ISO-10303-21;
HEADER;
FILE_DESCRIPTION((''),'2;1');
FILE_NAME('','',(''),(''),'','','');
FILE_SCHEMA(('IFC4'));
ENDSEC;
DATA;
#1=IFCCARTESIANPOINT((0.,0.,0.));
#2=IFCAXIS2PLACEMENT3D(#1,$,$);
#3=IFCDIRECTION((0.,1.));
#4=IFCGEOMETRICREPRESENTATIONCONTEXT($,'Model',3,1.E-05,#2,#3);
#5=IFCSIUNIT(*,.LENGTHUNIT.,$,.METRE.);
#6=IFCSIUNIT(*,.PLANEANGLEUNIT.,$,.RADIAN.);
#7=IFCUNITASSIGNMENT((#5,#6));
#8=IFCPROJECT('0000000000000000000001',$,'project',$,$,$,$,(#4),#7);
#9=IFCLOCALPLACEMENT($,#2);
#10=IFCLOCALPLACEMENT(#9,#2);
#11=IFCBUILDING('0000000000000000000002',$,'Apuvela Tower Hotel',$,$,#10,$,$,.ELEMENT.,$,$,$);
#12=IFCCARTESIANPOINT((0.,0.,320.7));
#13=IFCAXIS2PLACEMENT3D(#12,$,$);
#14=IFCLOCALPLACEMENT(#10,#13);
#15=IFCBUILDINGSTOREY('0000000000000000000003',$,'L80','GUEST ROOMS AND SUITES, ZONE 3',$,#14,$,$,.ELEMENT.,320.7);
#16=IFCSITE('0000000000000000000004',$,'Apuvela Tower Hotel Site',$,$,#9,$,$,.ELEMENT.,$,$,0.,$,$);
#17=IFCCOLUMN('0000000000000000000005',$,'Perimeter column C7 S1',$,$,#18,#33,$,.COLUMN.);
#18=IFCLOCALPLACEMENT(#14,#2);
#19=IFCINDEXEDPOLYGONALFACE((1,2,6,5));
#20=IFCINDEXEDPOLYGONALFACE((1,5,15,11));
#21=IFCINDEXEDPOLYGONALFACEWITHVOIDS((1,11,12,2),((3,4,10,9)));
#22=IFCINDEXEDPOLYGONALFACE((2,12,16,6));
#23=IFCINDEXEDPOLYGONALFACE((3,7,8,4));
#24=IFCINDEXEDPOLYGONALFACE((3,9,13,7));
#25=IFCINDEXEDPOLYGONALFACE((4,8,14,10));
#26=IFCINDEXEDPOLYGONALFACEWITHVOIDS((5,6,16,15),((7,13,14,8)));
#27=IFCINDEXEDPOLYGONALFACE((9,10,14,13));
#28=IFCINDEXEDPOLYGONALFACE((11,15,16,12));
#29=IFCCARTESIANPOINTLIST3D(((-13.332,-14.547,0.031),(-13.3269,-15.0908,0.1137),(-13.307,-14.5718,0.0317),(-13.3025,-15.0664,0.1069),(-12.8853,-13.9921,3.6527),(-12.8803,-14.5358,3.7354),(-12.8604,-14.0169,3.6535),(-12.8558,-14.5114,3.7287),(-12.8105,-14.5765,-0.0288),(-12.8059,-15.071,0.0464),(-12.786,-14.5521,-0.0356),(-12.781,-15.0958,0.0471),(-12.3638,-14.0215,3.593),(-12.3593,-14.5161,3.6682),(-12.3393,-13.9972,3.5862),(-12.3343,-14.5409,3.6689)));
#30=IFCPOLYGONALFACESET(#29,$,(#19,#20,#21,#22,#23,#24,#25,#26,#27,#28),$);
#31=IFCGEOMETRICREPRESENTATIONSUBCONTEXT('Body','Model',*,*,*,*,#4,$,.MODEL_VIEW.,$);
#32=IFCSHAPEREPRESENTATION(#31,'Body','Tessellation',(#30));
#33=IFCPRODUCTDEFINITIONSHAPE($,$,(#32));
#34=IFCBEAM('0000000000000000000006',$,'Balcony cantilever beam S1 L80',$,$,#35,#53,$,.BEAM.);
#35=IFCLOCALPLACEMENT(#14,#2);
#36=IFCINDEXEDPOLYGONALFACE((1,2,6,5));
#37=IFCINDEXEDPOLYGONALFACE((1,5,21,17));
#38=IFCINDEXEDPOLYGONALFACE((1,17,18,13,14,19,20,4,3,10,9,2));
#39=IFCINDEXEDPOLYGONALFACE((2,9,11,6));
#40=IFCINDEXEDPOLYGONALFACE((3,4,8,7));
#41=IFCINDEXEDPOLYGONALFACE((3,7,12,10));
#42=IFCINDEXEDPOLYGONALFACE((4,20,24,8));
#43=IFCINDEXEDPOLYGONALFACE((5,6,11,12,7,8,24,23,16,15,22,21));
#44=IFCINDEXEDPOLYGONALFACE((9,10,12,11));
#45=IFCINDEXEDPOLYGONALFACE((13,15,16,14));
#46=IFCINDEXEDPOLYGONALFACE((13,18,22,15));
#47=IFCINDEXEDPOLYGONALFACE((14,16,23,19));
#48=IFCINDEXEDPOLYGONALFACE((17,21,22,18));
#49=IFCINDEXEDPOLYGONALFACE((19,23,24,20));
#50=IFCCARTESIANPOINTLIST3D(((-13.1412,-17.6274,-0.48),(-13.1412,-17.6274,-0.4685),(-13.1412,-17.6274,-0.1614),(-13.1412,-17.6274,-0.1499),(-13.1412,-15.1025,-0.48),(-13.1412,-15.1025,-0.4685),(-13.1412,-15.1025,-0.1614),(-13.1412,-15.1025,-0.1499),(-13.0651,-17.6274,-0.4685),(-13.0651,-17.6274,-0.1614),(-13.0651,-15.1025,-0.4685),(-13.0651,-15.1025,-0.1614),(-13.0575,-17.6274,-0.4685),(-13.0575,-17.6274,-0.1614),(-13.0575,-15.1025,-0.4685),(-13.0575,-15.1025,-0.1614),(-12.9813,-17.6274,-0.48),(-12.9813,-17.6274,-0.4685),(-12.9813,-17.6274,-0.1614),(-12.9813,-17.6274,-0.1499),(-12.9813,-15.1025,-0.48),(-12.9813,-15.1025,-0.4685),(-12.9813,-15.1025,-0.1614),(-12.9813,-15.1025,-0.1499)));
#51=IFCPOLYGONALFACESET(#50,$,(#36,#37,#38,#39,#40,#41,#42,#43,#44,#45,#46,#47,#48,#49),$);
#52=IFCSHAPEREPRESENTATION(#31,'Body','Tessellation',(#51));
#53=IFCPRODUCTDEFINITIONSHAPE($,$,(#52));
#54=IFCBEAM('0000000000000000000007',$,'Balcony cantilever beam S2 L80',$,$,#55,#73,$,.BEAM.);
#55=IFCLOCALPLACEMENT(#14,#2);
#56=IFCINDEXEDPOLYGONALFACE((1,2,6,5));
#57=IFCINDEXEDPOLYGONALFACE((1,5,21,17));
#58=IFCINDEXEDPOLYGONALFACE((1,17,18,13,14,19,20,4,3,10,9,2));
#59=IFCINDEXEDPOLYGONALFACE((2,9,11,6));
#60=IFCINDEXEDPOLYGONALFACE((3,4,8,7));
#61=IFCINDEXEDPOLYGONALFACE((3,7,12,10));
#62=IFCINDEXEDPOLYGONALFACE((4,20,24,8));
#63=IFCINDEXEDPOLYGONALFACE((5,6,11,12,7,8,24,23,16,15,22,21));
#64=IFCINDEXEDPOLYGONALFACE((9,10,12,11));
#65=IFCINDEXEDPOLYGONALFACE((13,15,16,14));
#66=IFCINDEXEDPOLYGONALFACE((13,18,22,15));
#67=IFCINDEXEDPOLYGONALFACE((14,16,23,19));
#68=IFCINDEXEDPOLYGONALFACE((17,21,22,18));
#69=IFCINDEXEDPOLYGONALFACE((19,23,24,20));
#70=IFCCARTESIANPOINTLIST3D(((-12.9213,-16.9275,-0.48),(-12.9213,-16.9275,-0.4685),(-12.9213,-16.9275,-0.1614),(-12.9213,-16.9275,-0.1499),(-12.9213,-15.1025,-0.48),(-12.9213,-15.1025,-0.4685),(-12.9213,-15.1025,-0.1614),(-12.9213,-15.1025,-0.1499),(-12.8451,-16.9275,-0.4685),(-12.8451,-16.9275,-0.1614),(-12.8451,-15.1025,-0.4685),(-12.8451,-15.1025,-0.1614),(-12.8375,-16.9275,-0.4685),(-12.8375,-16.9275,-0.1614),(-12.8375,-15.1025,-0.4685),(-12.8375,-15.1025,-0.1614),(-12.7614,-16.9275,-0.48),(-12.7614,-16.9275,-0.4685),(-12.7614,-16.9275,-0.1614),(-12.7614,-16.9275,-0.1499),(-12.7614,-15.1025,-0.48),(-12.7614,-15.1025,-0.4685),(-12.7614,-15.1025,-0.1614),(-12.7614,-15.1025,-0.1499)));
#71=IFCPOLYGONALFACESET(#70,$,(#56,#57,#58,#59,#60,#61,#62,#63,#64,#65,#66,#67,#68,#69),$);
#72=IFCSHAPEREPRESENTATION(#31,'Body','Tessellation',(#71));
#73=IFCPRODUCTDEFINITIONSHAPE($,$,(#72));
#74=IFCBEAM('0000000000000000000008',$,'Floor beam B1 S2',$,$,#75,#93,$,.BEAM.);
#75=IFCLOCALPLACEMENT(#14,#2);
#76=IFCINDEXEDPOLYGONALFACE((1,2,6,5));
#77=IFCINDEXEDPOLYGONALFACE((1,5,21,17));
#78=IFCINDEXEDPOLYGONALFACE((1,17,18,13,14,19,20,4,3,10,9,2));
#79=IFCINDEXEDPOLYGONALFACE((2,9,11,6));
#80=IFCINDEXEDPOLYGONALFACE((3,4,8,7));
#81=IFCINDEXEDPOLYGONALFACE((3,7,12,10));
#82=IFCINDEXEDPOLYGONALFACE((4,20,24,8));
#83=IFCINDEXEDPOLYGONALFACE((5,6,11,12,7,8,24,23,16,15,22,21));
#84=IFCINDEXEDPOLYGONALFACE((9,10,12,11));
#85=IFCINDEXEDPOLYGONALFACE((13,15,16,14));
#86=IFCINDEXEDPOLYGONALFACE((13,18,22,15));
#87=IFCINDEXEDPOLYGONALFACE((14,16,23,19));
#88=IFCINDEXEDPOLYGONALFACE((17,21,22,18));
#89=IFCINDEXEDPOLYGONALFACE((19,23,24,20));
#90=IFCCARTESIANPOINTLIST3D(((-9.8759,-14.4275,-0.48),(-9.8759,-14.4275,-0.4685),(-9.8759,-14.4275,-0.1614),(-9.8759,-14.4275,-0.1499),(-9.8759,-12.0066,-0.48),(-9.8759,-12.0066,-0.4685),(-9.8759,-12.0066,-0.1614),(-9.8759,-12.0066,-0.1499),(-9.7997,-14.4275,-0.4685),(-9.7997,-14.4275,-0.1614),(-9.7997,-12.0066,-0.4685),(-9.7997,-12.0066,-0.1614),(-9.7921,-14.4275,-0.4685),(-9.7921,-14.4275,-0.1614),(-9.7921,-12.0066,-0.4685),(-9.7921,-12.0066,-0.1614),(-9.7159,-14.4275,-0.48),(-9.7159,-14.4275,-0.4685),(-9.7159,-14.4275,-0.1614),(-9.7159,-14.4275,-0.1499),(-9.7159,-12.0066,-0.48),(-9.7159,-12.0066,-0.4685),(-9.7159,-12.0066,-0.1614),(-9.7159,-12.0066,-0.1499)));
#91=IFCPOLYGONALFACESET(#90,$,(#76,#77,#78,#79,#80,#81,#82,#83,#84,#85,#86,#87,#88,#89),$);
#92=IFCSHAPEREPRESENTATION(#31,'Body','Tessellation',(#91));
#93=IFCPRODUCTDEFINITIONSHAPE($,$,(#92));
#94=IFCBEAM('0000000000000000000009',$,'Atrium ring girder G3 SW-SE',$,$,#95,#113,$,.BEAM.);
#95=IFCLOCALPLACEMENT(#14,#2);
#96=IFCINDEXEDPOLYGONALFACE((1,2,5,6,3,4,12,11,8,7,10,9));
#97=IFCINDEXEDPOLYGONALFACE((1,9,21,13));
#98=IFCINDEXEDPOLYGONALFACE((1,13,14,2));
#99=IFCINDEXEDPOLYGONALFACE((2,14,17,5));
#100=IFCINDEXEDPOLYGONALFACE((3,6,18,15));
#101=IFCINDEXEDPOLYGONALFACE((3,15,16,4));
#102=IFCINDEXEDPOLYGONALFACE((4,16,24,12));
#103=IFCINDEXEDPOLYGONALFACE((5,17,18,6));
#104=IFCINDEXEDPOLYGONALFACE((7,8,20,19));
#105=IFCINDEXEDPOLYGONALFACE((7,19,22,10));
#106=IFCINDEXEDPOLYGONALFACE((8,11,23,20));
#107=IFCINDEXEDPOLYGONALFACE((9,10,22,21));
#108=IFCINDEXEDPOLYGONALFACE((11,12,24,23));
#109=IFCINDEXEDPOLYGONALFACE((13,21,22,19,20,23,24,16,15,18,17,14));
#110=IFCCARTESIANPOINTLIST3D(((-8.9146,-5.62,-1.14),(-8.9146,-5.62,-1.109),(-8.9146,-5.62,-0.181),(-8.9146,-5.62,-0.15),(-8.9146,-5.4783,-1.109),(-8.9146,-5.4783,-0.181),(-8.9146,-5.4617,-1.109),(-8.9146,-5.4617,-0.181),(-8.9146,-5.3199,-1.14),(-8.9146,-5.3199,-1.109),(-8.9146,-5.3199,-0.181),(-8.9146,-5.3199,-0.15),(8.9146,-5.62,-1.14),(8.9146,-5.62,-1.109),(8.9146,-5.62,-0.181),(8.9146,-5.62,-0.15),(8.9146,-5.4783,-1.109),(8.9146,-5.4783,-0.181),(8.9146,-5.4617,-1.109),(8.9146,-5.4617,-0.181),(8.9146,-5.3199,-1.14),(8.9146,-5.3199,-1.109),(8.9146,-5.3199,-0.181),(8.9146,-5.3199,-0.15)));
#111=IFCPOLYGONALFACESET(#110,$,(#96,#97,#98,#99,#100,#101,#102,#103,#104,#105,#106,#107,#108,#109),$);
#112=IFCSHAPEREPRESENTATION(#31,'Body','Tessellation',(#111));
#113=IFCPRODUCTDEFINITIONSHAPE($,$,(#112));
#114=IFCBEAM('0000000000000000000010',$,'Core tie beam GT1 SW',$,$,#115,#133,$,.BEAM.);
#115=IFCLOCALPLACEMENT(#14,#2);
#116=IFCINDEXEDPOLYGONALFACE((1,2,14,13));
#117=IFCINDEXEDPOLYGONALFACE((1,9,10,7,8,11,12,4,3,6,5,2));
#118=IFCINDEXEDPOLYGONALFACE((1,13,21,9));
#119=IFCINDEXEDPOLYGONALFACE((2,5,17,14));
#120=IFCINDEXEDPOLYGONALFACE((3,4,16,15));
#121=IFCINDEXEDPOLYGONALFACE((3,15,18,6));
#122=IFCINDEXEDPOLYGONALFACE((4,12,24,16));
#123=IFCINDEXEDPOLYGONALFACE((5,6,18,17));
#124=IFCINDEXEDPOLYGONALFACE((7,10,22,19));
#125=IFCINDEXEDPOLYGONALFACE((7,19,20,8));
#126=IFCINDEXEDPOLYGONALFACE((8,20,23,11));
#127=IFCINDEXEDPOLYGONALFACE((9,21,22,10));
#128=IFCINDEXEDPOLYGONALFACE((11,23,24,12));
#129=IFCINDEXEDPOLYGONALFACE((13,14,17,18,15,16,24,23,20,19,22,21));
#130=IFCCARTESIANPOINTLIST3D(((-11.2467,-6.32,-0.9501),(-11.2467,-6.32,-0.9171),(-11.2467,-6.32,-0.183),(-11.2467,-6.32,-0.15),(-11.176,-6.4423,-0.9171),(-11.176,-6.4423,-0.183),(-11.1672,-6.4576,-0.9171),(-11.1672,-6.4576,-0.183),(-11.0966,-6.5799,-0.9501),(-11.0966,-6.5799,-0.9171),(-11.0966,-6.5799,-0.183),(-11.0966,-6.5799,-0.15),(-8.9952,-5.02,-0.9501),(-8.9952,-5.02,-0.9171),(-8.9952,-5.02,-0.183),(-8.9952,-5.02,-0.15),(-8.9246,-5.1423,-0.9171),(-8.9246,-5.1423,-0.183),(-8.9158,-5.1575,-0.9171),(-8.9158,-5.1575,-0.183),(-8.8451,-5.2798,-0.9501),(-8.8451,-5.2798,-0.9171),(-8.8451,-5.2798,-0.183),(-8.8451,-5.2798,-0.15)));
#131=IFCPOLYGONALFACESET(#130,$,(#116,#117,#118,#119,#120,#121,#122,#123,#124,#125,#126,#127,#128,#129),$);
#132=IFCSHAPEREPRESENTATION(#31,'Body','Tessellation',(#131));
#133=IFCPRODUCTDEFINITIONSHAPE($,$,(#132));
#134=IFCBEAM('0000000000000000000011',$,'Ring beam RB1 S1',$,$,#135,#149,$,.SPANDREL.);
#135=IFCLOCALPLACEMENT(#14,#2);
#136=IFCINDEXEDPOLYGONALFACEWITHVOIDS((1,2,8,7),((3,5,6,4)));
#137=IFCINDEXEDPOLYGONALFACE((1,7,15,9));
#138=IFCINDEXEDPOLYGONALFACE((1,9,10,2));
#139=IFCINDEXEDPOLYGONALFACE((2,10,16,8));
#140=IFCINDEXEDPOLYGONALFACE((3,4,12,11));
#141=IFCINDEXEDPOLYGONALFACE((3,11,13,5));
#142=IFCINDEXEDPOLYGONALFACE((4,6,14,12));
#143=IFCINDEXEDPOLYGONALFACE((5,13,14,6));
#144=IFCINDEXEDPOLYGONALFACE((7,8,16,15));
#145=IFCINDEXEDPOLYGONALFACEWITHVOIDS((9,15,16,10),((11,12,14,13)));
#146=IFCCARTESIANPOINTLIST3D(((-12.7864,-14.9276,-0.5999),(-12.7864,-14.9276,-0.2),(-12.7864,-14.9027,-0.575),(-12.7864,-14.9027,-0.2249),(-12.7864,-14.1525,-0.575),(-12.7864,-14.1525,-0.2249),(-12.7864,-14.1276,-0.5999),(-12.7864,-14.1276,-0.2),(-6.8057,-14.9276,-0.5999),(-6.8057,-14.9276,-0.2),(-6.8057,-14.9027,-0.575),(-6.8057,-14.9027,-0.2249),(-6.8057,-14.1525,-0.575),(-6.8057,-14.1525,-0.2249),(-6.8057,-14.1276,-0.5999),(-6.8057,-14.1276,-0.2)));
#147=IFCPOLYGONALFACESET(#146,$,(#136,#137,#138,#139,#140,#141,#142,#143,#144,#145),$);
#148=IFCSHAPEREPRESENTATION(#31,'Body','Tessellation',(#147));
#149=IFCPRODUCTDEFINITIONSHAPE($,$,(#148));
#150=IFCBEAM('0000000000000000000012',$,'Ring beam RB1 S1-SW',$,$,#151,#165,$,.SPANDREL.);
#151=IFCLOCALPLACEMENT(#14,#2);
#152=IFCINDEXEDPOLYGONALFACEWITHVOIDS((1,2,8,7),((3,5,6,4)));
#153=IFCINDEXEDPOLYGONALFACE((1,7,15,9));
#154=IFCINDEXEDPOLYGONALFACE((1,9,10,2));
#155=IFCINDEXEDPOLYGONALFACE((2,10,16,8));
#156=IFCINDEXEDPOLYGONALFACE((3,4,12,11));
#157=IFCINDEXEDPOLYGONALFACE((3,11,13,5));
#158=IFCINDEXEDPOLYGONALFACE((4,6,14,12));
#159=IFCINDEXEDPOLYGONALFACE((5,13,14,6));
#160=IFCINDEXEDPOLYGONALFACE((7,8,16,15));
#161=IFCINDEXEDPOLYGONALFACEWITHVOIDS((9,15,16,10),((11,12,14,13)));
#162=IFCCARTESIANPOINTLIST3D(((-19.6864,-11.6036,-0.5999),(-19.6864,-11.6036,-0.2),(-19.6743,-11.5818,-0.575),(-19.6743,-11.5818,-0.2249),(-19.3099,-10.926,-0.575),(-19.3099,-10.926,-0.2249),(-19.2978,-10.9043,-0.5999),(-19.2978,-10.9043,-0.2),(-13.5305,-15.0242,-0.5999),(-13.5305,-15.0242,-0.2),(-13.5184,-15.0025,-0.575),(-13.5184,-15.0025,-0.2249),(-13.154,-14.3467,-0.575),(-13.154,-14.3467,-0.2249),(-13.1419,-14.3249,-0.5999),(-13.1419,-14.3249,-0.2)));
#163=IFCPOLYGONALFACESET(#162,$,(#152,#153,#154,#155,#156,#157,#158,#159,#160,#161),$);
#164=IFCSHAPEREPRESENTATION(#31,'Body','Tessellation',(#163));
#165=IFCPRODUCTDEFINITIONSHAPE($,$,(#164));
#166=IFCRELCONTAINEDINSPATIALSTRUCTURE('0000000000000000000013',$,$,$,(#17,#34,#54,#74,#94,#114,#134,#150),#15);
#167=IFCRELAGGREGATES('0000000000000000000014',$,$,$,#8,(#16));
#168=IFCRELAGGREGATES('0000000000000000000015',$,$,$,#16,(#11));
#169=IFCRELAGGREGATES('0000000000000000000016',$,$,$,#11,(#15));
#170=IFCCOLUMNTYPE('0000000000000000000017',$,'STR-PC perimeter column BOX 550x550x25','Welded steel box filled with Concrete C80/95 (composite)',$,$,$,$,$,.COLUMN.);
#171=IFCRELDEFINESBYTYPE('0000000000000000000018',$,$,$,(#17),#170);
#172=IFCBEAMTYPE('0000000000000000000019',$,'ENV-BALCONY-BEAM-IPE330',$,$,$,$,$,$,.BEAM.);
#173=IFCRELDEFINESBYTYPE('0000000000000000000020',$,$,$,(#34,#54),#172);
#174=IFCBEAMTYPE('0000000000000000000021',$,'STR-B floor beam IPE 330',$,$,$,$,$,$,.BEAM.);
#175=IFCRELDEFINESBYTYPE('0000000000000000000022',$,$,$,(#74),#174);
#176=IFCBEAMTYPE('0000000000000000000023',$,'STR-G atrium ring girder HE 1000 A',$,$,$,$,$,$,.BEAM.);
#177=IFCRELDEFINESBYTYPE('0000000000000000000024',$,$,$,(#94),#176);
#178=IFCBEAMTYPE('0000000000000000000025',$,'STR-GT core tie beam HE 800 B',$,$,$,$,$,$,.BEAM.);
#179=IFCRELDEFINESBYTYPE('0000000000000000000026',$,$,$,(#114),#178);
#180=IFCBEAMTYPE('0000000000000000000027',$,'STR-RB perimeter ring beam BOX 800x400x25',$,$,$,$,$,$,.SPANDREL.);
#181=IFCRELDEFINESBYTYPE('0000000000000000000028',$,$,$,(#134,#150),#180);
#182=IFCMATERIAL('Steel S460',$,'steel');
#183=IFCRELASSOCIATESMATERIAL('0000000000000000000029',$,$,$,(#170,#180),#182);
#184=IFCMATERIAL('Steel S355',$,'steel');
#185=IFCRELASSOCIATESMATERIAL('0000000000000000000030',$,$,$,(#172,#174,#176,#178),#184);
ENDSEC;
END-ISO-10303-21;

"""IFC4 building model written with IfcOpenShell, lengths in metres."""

from ifc_helpers import new_model, si_unit, direction, frame, origin, origin_2d, place, context, subcontext, project, spatial, rectangle, hollow_rectangle, i_section, extrude, boolean, halfspace, material, material_profile, profile_set, type_object, element, save


model = new_model("IFC4")

# Units and contexts
model_context = context("Model", 3, precision=1e-05, world=origin(), true_north=direction((0.0, 1.0)))
body_context = subcontext(model_context, "Body", "Model", "MODEL_VIEW")
ifc_project = project(units=[si_unit("LENGTHUNIT", "METRE"), si_unit("PLANEANGLEUNIT", "RADIAN")], contexts=[model_context])

# Site, building, storey
site_placement = place(None, origin())
site = spatial("IfcSite", under=ifc_project, at=site_placement, Name="Apuvela Tower Hotel Site", CompositionType="ELEMENT", RefElevation=0.0)
building_placement = place(site_placement, origin())
building = spatial("IfcBuilding", under=site, at=building_placement, Name="Apuvela Tower Hotel", CompositionType="ELEMENT")
storey_placement = place(building_placement, frame((0.0, 0.0, 320.7)))
storey = spatial("IfcBuildingStorey", under=building, at=storey_placement, Name="L80", Description="GUEST ROOMS AND SUITES, ZONE 3", CompositionType="ELEMENT", Elevation=320.7)

# Column
ifc_material_1 = material(Name="Steel S460", Category="steel")
ifc_material_profile_1 = material_profile(ifc_material_1, hollow_rectangle(XDim=0.55, YDim=0.55, WallThickness=0.0249, at=origin_2d()), Name="BOX 550x550x25")
ifc_material_2 = material(Name="Concrete C80/95", Category="concrete")
ifc_material_profile_2 = material_profile(ifc_material_2, rectangle(XDim=0.5, YDim=0.5, at=origin_2d()), Name="Concrete C80/95 infill")
ifc_profile_set_1 = profile_set([ifc_material_profile_1, ifc_material_profile_2], Name="Steel S460")
column_type = type_object("IfcColumnType", Name="STR-PC perimeter column BOX 550x550x25", Description="Welded steel box filled with Concrete C80/95 (composite)", PredefinedType="COLUMN", material=ifc_profile_set_1)
column_placement = place(storey_placement, frame((-13.0613, -14.8274, 0.0), z_axis=(0.121007, 0.150336, 0.981201), x_axis=(-0.99261, 0.00925, 0.120997)))
element("IfcColumn", 1, at=column_placement, inside=storey, type_object=column_type, Name="Perimeter column C7 S1", PredefinedType="COLUMN", context=body_context, shape_type="SweptSolid", body=[
    boolean("DIFFERENCE", boolean("DIFFERENCE", extrude(hollow_rectangle(XDim=0.55, YDim=0.55, WallThickness=0.0249, at=origin_2d()), origin(), (0.0, 0.0, 1.0), 3.7708), halfspace(frame((0.0, 0.0, 0.0398), z_axis=(0.0, 0.0, 1.0), x_axis=(1.0, 0.0, 0.0)), True)), halfspace(frame((0.0, 0.0, 3.731), z_axis=(0.0, 0.0, 1.0), x_axis=(1.0, 0.0, 0.0)), False)),
])

# Beams
ifc_material_3 = material(Name="Steel S355", Category="steel")
ifc_material_profile_3 = material_profile(ifc_material_3, i_section(OverallWidth=0.1599, OverallDepth=0.3301, WebThickness=0.0076, FlangeThickness=0.0115, at=origin_2d()), Name="IPE 330")
ifc_profile_set_2 = profile_set([ifc_material_profile_3], Name="Steel S355")
beam_type_1 = type_object("IfcBeamType", Name="ENV-BALCONY-BEAM-IPE330", PredefinedType="BEAM", material=ifc_profile_set_2)
beam_1_placement = place(storey_placement, frame((-13.0613, -15.1025, -0.3149), z_axis=(0.0, -1.0, 0.0), x_axis=(1.0, 0.0, 0.0)))
element("IfcBeam", 2, at=beam_1_placement, inside=storey, type_object=beam_type_1, Name="Balcony cantilever beam S1 L80", PredefinedType="BEAM", context=body_context, shape_type="SweptSolid", body=[
    extrude(i_section(OverallWidth=0.1599, OverallDepth=0.3301, WebThickness=0.0076, FlangeThickness=0.0115, at=origin_2d()), origin(), (0.0, 0.0, 1.0), 2.5249),
])
beam_2_placement = place(storey_placement, frame((-12.8413, -15.1025, -0.3149), z_axis=(0.0, -1.0, 0.0), x_axis=(1.0, 0.0, 0.0)))
element("IfcBeam", 3, at=beam_2_placement, inside=storey, type_object=beam_type_1, Name="Balcony cantilever beam S2 L80", PredefinedType="BEAM", context=body_context, shape_type="SweptSolid", body=[
    extrude(i_section(OverallWidth=0.1599, OverallDepth=0.3301, WebThickness=0.0076, FlangeThickness=0.0115, at=origin_2d()), origin(), (0.0, 0.0, 1.0), 1.825),
])
ifc_material_profile_4 = material_profile(ifc_material_3, i_section(OverallWidth=0.1599, OverallDepth=0.3301, WebThickness=0.0076, FlangeThickness=0.0115, at=origin_2d()), Name="IPE 330")
ifc_profile_set_3 = profile_set([ifc_material_profile_4], Name="Steel S355")
beam_type_2 = type_object("IfcBeamType", Name="STR-B floor beam IPE 330", PredefinedType="BEAM", material=ifc_profile_set_3)
beam_3_placement = place(storey_placement, frame((-9.7959, -14.4275, -0.3149), z_axis=(0.0, 1.0, 0.0), x_axis=(-1.0, 0.0, 0.0)))
element("IfcBeam", 4, at=beam_3_placement, inside=storey, type_object=beam_type_2, Name="Floor beam B1 S2", PredefinedType="BEAM", context=body_context, shape_type="SweptSolid", body=[
    extrude(i_section(OverallWidth=0.1599, OverallDepth=0.3301, WebThickness=0.0076, FlangeThickness=0.0115, at=origin_2d()), origin(), (0.0, 0.0, 1.0), 2.4209),
])
ifc_material_profile_5 = material_profile(ifc_material_3, i_section(OverallWidth=0.3, OverallDepth=0.99, WebThickness=0.0166, FlangeThickness=0.031, at=origin_2d()), Name="HE 1000 A")
ifc_profile_set_4 = profile_set([ifc_material_profile_5], Name="Steel S355")
beam_type_3 = type_object("IfcBeamType", Name="STR-G atrium ring girder HE 1000 A", PredefinedType="BEAM", material=ifc_profile_set_4)
beam_4_placement = place(storey_placement, frame((-8.9146, -5.47, -0.645), z_axis=(1.0, 0.0, 0.0), x_axis=(0.0, 1.0, 0.0)))
element("IfcBeam", 5, at=beam_4_placement, inside=storey, type_object=beam_type_3, Name="Atrium ring girder G3 SW-SE", PredefinedType="BEAM", context=body_context, shape_type="SweptSolid", body=[
    extrude(i_section(OverallWidth=0.3, OverallDepth=0.99, WebThickness=0.0166, FlangeThickness=0.031, at=origin_2d()), origin(), (0.0, 0.0, 1.0), 17.8291),
])
ifc_material_profile_6 = material_profile(ifc_material_3, i_section(OverallWidth=0.3, OverallDepth=0.8, WebThickness=0.0176, FlangeThickness=0.033, at=origin_2d()), Name="HE 800 B")
ifc_profile_set_5 = profile_set([ifc_material_profile_6], Name="Steel S355")
beam_type_4 = type_object("IfcBeamType", Name="STR-GT core tie beam HE 800 B", PredefinedType="BEAM", material=ifc_profile_set_5)
beam_5_placement = place(storey_placement, frame((-11.1716, -6.45, -0.55), z_axis=(0.865998, 0.500048, 0.0), x_axis=(-0.500048, 0.865998, 0.0)))
element("IfcBeam", 6, at=beam_5_placement, inside=storey, type_object=beam_type_4, Name="Core tie beam GT1 SW", PredefinedType="BEAM", context=body_context, shape_type="SweptSolid", body=[
    extrude(i_section(OverallWidth=0.3, OverallDepth=0.8, WebThickness=0.0176, FlangeThickness=0.033, at=origin_2d()), origin(), (0.0, 0.0, 1.0), 2.5999),
])
ifc_material_profile_7 = material_profile(ifc_material_1, hollow_rectangle(XDim=0.8, YDim=0.3999, WallThickness=0.0249, at=origin_2d()), Name="BOX 800x400x25")
ifc_profile_set_6 = profile_set([ifc_material_profile_7], Name="Steel S460")
beam_type_5 = type_object("IfcBeamType", Name="STR-RB perimeter ring beam BOX 800x400x25", PredefinedType="SPANDREL", material=ifc_profile_set_6)
beam_6_placement = place(storey_placement, frame((-12.7864, -14.5276, -0.3999), z_axis=(1.0, 0.0, 0.0), x_axis=(0.0, 1.0, 0.0)))
element("IfcBeam", 7, at=beam_6_placement, inside=storey, type_object=beam_type_5, Name="Ring beam RB1 S1", PredefinedType="SPANDREL", context=body_context, shape_type="SweptSolid", body=[
    extrude(hollow_rectangle(XDim=0.8, YDim=0.3999, WallThickness=0.0249, at=origin_2d()), origin(), (0.0, 0.0, 1.0), 5.9807),
])
beam_7_placement = place(storey_placement, frame((-13.3362, -14.6746, -0.3999), z_axis=(-0.874118, 0.485714, 0.0), x_axis=(-0.485714, -0.874118, 0.0)))
element("IfcBeam", 8, at=beam_7_placement, inside=storey, type_object=beam_type_5, Name="Ring beam RB1 S1-SW", PredefinedType="SPANDREL", context=body_context, shape_type="SweptSolid", body=[
    extrude(hollow_rectangle(XDim=0.8, YDim=0.3999, WallThickness=0.0249, at=origin_2d()), origin(), (0.0, 0.0, 1.0), 7.0425),
])

save(model, "model.ifc")
